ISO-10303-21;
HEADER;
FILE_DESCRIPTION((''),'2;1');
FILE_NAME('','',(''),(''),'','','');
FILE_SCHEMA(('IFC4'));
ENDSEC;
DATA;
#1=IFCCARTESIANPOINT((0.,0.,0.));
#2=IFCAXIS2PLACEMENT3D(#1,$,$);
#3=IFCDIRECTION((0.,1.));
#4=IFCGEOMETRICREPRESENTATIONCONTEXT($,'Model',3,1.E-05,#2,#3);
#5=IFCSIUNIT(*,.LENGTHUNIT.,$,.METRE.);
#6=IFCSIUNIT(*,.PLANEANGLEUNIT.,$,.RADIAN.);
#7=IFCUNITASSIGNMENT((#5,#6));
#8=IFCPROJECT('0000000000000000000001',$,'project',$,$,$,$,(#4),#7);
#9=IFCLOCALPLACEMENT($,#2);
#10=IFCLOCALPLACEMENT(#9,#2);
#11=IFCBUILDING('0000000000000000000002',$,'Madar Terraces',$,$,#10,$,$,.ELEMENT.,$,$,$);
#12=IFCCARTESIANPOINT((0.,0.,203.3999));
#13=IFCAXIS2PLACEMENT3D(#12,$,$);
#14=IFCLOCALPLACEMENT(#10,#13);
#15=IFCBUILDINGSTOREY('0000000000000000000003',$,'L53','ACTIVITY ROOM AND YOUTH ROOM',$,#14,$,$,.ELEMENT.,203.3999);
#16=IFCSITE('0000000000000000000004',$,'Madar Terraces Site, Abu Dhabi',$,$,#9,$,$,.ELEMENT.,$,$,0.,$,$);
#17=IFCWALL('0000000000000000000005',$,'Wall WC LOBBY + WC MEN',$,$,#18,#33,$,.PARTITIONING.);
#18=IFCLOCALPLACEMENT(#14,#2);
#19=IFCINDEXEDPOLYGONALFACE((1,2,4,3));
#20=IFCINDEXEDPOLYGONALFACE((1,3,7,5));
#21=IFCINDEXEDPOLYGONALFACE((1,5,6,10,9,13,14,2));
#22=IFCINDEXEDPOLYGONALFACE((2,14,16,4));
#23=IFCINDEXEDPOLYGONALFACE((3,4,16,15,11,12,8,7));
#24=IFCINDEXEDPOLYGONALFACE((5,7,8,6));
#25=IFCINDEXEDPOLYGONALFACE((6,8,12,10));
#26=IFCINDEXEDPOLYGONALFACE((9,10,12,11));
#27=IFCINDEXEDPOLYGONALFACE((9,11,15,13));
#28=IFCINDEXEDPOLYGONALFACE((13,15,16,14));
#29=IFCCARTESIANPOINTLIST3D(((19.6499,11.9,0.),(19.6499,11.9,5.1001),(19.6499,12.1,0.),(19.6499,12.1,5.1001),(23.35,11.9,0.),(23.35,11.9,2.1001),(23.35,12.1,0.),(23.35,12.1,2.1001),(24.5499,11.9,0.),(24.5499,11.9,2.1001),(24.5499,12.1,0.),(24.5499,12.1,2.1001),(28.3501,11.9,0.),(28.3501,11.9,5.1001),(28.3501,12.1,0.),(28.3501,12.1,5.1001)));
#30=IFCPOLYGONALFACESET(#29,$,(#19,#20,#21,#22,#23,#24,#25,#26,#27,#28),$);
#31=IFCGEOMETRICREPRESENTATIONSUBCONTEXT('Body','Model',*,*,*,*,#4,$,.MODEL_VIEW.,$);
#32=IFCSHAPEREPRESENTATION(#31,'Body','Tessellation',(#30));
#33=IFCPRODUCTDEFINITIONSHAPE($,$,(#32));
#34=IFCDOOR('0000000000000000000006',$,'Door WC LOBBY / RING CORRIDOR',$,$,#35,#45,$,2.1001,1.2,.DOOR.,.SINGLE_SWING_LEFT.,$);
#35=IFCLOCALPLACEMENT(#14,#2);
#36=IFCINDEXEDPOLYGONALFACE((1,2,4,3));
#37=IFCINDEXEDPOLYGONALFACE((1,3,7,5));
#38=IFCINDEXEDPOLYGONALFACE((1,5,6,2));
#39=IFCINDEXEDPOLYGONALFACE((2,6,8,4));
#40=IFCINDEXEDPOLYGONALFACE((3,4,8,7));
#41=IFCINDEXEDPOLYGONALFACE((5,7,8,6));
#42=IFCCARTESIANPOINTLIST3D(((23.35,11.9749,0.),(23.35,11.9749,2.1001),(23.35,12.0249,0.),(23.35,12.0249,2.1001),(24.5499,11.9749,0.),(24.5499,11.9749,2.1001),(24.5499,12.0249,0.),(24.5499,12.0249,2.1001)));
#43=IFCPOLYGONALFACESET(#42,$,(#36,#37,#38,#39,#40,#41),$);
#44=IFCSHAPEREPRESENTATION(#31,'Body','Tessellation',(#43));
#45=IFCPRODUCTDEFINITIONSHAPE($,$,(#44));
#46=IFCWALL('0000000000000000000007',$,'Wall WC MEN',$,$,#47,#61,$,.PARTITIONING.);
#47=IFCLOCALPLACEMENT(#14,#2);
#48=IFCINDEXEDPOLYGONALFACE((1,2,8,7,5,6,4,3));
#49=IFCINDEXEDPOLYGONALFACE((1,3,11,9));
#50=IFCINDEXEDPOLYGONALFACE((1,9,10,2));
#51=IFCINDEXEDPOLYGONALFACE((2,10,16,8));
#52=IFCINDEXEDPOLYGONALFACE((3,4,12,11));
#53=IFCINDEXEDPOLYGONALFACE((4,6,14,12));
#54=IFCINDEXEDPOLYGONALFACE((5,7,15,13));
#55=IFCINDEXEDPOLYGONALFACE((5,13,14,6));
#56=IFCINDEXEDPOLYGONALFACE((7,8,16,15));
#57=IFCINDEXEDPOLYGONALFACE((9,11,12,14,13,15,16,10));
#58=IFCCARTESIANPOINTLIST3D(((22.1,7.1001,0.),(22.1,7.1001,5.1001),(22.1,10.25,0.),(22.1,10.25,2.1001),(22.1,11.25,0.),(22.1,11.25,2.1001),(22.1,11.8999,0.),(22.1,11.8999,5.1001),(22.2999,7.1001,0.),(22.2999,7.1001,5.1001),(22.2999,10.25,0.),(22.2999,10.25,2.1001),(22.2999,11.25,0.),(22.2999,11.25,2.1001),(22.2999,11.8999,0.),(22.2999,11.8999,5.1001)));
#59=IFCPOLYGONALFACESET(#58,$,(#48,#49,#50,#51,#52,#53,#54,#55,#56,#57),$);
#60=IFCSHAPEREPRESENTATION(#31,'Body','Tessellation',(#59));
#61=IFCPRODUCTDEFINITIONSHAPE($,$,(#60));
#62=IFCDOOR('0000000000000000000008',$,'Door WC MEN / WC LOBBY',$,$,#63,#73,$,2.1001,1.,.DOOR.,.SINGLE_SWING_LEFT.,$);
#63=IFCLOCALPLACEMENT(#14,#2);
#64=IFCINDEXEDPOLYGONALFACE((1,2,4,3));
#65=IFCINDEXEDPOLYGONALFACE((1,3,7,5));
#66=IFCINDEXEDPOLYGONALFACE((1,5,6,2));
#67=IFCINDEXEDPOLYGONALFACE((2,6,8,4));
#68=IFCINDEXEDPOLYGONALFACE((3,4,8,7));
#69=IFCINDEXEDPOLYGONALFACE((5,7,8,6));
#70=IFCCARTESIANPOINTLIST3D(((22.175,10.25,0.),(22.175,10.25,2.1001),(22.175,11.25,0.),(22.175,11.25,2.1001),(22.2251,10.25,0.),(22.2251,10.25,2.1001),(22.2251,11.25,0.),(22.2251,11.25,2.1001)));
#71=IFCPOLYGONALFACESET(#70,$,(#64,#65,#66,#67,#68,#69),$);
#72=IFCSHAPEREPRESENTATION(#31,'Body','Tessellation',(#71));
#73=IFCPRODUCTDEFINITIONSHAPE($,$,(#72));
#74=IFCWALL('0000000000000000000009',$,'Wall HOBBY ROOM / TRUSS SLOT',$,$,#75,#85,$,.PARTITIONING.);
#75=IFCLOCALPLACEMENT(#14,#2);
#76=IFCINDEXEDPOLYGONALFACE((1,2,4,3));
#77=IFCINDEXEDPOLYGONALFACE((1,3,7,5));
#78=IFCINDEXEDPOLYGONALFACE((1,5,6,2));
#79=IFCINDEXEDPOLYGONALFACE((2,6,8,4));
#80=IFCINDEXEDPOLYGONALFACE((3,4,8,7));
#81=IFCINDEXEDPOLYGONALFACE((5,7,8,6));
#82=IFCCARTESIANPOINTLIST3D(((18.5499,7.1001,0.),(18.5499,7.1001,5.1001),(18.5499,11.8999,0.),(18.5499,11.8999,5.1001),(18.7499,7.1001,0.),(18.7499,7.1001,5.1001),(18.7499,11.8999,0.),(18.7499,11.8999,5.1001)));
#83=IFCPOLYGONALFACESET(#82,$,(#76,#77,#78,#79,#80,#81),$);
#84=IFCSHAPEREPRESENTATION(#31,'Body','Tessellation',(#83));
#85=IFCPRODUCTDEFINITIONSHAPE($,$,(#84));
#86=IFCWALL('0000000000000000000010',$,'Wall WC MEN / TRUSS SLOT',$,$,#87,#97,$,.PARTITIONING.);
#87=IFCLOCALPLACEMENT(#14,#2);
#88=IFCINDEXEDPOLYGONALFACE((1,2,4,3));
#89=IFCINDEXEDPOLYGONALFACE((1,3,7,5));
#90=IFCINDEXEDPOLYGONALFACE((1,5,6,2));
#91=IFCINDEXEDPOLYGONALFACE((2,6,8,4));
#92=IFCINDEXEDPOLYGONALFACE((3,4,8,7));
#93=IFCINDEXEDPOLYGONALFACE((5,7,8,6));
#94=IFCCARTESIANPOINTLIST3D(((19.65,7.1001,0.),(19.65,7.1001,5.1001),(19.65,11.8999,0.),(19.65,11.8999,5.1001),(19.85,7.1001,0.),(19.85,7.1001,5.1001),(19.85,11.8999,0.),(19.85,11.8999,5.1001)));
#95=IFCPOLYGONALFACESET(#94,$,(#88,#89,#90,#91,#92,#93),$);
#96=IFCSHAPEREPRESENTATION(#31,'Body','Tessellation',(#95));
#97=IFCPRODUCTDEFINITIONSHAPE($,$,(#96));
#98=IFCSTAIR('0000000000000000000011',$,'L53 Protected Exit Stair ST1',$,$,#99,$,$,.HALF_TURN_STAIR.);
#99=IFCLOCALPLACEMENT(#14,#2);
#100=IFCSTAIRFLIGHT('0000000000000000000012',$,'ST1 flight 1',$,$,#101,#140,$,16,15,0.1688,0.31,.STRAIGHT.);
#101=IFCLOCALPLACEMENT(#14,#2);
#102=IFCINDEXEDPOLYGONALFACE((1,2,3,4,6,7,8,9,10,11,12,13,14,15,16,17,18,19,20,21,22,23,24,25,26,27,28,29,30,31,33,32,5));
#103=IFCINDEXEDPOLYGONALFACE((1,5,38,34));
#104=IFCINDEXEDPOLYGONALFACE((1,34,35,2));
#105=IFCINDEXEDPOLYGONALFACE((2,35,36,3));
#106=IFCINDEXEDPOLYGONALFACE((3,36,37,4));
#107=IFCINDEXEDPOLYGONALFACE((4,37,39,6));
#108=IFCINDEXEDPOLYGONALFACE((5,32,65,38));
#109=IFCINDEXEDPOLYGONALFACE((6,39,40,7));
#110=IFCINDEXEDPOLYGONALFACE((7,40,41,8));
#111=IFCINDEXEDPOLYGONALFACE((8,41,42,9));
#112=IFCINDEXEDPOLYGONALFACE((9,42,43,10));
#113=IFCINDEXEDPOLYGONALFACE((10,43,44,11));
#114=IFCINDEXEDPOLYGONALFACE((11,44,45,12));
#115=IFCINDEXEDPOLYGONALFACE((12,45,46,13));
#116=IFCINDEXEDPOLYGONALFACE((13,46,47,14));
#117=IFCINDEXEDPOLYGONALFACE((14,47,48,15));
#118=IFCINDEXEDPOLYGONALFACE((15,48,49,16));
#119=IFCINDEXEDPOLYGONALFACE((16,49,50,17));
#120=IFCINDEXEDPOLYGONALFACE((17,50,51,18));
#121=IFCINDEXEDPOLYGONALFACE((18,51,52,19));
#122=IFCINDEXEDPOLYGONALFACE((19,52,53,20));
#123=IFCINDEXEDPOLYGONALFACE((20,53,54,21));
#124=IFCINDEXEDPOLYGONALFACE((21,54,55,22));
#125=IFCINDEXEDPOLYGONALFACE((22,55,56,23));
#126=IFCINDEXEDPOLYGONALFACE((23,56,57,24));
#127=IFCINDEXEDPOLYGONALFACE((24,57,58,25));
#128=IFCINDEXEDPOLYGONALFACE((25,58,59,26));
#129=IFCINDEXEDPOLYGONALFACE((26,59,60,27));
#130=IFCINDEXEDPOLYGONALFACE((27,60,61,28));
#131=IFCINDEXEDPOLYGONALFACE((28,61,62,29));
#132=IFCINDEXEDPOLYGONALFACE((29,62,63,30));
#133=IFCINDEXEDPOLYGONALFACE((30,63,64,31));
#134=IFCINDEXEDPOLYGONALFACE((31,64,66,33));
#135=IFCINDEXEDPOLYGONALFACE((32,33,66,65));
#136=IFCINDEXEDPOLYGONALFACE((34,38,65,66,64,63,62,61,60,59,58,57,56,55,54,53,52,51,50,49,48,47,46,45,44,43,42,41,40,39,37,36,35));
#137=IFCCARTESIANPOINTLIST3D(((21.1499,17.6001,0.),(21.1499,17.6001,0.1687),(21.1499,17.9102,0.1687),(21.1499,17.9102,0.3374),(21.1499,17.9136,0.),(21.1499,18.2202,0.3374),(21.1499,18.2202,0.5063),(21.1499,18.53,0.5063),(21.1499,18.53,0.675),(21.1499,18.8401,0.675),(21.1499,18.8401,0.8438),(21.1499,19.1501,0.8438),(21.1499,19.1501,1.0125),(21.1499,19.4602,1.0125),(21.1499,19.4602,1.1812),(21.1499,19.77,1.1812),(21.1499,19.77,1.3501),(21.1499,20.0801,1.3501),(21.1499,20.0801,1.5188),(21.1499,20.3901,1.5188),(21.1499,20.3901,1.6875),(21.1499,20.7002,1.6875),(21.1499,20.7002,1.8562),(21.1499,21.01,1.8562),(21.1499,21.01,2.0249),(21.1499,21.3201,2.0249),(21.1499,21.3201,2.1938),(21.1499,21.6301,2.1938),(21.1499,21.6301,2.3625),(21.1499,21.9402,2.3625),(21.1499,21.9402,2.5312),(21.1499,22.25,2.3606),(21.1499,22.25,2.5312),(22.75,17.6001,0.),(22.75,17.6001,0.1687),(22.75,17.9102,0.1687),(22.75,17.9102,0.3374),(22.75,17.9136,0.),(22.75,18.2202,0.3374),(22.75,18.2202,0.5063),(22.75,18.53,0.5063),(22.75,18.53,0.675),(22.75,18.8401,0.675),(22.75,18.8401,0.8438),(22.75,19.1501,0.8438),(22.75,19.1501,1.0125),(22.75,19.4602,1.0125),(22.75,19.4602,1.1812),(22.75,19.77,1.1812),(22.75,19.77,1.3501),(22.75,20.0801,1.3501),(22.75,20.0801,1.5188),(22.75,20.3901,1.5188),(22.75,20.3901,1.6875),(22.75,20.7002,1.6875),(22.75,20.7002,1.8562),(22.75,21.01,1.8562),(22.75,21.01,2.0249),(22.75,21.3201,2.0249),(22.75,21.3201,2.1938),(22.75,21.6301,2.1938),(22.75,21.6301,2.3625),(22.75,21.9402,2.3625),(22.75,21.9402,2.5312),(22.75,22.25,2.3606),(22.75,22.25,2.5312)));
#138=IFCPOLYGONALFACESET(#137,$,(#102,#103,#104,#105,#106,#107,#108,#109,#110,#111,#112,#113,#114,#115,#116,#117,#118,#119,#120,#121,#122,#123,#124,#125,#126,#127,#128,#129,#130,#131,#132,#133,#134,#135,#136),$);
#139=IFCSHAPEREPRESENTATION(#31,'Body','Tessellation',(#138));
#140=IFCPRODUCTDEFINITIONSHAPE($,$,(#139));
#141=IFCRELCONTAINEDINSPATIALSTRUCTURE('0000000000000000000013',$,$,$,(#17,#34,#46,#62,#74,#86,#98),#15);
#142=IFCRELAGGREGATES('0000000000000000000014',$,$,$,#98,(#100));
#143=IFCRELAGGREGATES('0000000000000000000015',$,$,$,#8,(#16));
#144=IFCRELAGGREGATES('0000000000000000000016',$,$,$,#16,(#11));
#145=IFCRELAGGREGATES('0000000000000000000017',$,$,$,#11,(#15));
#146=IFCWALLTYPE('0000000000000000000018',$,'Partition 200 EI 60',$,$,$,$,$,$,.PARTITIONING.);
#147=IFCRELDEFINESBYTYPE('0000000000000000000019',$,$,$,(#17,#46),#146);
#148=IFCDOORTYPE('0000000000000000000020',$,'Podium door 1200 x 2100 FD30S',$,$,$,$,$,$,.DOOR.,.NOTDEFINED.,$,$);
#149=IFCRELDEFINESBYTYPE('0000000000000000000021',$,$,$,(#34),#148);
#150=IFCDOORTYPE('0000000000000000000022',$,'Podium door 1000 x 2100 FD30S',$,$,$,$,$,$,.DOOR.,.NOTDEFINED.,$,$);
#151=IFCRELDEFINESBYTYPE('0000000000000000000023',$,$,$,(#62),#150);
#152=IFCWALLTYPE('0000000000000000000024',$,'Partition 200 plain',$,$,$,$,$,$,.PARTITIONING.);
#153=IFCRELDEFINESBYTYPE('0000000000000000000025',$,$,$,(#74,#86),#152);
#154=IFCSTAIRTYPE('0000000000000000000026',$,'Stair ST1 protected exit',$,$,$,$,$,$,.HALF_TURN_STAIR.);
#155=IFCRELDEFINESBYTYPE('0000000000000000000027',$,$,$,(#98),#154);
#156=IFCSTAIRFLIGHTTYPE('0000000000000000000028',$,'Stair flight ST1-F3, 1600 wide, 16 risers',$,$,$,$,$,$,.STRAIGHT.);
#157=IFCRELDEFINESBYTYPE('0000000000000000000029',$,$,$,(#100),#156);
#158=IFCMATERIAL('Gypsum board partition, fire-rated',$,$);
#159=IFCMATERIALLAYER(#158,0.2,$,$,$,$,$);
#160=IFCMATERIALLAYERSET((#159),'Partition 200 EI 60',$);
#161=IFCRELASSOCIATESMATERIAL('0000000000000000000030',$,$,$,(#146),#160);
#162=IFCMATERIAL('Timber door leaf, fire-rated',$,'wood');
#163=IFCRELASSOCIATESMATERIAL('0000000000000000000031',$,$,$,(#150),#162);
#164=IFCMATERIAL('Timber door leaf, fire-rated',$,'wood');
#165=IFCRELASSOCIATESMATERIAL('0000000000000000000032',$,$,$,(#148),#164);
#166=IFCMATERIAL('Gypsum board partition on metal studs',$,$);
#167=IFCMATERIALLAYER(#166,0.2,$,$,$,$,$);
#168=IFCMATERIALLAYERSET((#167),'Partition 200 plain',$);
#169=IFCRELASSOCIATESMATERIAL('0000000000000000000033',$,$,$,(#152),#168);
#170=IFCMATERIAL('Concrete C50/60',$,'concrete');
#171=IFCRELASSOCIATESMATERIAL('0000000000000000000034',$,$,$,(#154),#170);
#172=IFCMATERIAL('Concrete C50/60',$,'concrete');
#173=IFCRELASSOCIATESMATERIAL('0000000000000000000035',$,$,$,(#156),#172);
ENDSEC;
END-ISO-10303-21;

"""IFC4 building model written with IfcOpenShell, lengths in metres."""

from ifc_helpers import new_model, si_unit, direction, frame, frame_2d, origin, place, context, subcontext, project, spatial, polyline, rectangle, outline, extrude, material, layer, layer_set, type_object, element, fill, aggregate, save


model = new_model("IFC4")

# Units and contexts
model_context = context("Model", 3, precision=1e-05, world=origin(), true_north=direction((0.0, 1.0)))
body_context = subcontext(model_context, "Body", "Model", "MODEL_VIEW")
ifc_project = project(units=[si_unit("LENGTHUNIT", "METRE"), si_unit("PLANEANGLEUNIT", "RADIAN")], contexts=[model_context])

# Site, building, storey
site_placement = place(None, origin())
site = spatial("IfcSite", under=ifc_project, at=site_placement, Name="Madar Terraces Site, Abu Dhabi", CompositionType="ELEMENT", RefElevation=0.0)
building_placement = place(site_placement, origin())
building = spatial("IfcBuilding", under=site, at=building_placement, Name="Madar Terraces", CompositionType="ELEMENT")
storey_placement = place(building_placement, frame((0.0, 0.0, 203.3999)))
storey = spatial("IfcBuildingStorey", under=building, at=storey_placement, Name="L53", Description="ACTIVITY ROOM AND YOUTH ROOM", CompositionType="ELEMENT", Elevation=203.3999)

# Walls, openings, doors
ifc_material_1 = material(Name="Gypsum board partition, fire-rated")
ifc_layer_1 = layer(ifc_material_1, 0.2)
ifc_layer_set_1 = layer_set([ifc_layer_1], Name="Partition 200 EI 60")
wall_type_1 = type_object("IfcWallType", Name="Partition 200 EI 60", PredefinedType="PARTITIONING", material=ifc_layer_set_1)
ifc_material_2 = material(Name="Timber door leaf, fire-rated", Category="wood")
door_type_1 = type_object("IfcDoorType", Name="Podium door 1000 x 2100 FD30S", OperationType="NOTDEFINED", PredefinedType="DOOR", material=ifc_material_2)
wall_1_placement = place(storey_placement, frame((19.6499, 12.0, 0.0), z_axis=(0.0, 0.0, 1.0), x_axis=(1.0, 0.0, 0.0)))
wall_1 = element("IfcWall", 1, at=wall_1_placement, inside=storey, type_object=wall_type_1, Name="Wall WC LOBBY + WC MEN", PredefinedType="PARTITIONING", context=body_context, shape_type="SweptSolid", body=[
    extrude(rectangle(XDim=8.7002, YDim=0.2, at=frame_2d((4.3501, 0.0))), origin(), (0.0, 0.0, 1.0), 5.1001),
])
opening_1_placement = place(wall_1_placement, frame((3.7, 0.0, 0.0)))
opening_1 = element("IfcOpeningElement", 2, at=opening_1_placement, cuts=wall_1, PredefinedType="OPENING", context=body_context, shape_type="SweptSolid", body=[
    extrude(rectangle(XDim=1.2, YDim=2.1001, at=frame_2d((0.6001, 1.05))), frame((0.0, 0.1099, 0.0), z_axis=(0.0, -1.0, 0.0), x_axis=(1.0, 0.0, 0.0)), (0.0, 0.0, 1.0), 0.22),
])
ifc_material_3 = material(Name="Timber door leaf, fire-rated", Category="wood")
door_type_2 = type_object("IfcDoorType", Name="Podium door 1200 x 2100 FD30S", OperationType="NOTDEFINED", PredefinedType="DOOR", material=ifc_material_3)
door_1_placement = place(opening_1_placement, origin())
door_1 = element("IfcDoor", 3, at=door_1_placement, inside=storey, type_object=door_type_2, Name="Door WC LOBBY / RING CORRIDOR", OperationType="SINGLE_SWING_LEFT", OverallHeight=2.1001, OverallWidth=1.2, PredefinedType="DOOR", context=body_context, shape_type="SweptSolid", body=[
    extrude(rectangle(XDim=1.2, YDim=2.1001, at=frame_2d((0.6001, 1.05))), frame((0.0, 0.0249, 0.0), z_axis=(0.0, -1.0, 0.0), x_axis=(1.0, 0.0, 0.0)), (0.0, 0.0, 1.0), 0.05),
])
fill(opening_1, door_1)
wall_2_placement = place(storey_placement, frame((22.2, 7.1001, 0.0), z_axis=(0.0, 0.0, 1.0), x_axis=(0.0, 1.0, 0.0)))
wall_2 = element("IfcWall", 4, at=wall_2_placement, inside=storey, type_object=wall_type_1, Name="Wall WC MEN", PredefinedType="PARTITIONING", context=body_context, shape_type="SweptSolid", body=[
    extrude(rectangle(XDim=4.7998, YDim=0.2, at=frame_2d((2.3999, 0.0))), origin(), (0.0, 0.0, 1.0), 5.1001),
])
opening_2_placement = place(wall_2_placement, frame((3.1499, 0.0, 0.0)))
opening_2 = element("IfcOpeningElement", 5, at=opening_2_placement, cuts=wall_2, PredefinedType="OPENING", context=body_context, shape_type="SweptSolid", body=[
    extrude(rectangle(XDim=1.0, YDim=2.1001, at=frame_2d((0.5, 1.05))), frame((0.0, 0.1099, 0.0), z_axis=(0.0, -1.0, 0.0), x_axis=(1.0, 0.0, 0.0)), (0.0, 0.0, 1.0), 0.22),
])
door_2_placement = place(opening_2_placement, origin())
door_2 = element("IfcDoor", 6, at=door_2_placement, inside=storey, type_object=door_type_1, Name="Door WC MEN / WC LOBBY", OperationType="SINGLE_SWING_LEFT", OverallHeight=2.1001, OverallWidth=1.0, PredefinedType="DOOR", context=body_context, shape_type="SweptSolid", body=[
    extrude(rectangle(XDim=1.0, YDim=2.1001, at=frame_2d((0.5, 1.05))), frame((0.0, 0.0249, 0.0), z_axis=(0.0, -1.0, 0.0), x_axis=(1.0, 0.0, 0.0)), (0.0, 0.0, 1.0), 0.05),
])
fill(opening_2, door_2)

# Walls
ifc_material_4 = material(Name="Gypsum board partition on metal studs")
ifc_layer_2 = layer(ifc_material_4, 0.2)
ifc_layer_set_2 = layer_set([ifc_layer_2], Name="Partition 200 plain")
wall_type_2 = type_object("IfcWallType", Name="Partition 200 plain", PredefinedType="PARTITIONING", material=ifc_layer_set_2)
for number, where, z_axis, x_axis, name in (
    (7, (18.6499, 7.1001, 0.0), (0.0, 0.0, 1.0), (0.0, 1.0, 0.0), "Wall HOBBY ROOM / TRUSS SLOT"),
    (8, (19.75, 7.1001, 0.0), (0.0, 0.0, 1.0), (0.0, 1.0, 0.0), "Wall WC MEN / TRUSS SLOT"),
):
    element("IfcWall", number, at=place(storey_placement, frame(where, z_axis=z_axis, x_axis=x_axis)), inside=storey, type_object=wall_type_2, Name=name, PredefinedType="PARTITIONING", context=body_context, shape_type="SweptSolid", body=[
        extrude(rectangle(XDim=4.7998, YDim=0.2, at=frame_2d((2.3999, 0.0))), origin(), (0.0, 0.0, 1.0), 5.1001),
    ])

# Stair, stair flight
ifc_material_5 = material(Name="Concrete C50/60", Category="concrete")
stair_type = type_object("IfcStairType", Name="Stair ST1 protected exit", PredefinedType="HALF_TURN_STAIR", material=ifc_material_5)
stair_placement = place(storey_placement, origin())
stair = element("IfcStair", 9, at=stair_placement, inside=storey, type_object=stair_type, Name="L53 Protected Exit Stair ST1", PredefinedType="HALF_TURN_STAIR")
ifc_material_6 = material(Name="Concrete C50/60", Category="concrete")
stair_flight_type = type_object("IfcStairFlightType", Name="Stair flight ST1-F3, 1600 wide, 16 risers", PredefinedType="STRAIGHT", material=ifc_material_6)
stair_flight_placement = place(storey_placement, frame((21.95, 17.6001, 0.0), z_axis=(0.0, 0.0, 1.0), x_axis=(0.0, 1.0, 0.0)))
stair_flight = element("IfcStairFlight", 10, at=stair_flight_placement, type_object=stair_flight_type, Name="ST1 flight 1", NumberOfRisers=16, NumberOfTreads=15, PredefinedType="STRAIGHT", RiserHeight=0.1688, TreadLength=0.31, context=body_context, shape_type="SweptSolid", body=[
    extrude(outline(polyline([(0.0, 0.0), (0.0, 0.1687), (0.3101, 0.1687), (0.3101, 0.3374), (0.6201, 0.3374), (0.6201, 0.5063), (0.9299, 0.5063), (0.9299, 0.675), (1.24, 0.675), (1.24, 0.8438), (1.55, 0.8438), (1.55, 1.0125), (1.8601, 1.0125), (1.8601, 1.1812), (2.1699, 1.1812), (2.1699, 1.3501), (2.48, 1.3501), (2.48, 1.5188), (2.79, 1.5188), (2.79, 1.6875), (3.1001, 1.6875), (3.1001, 1.8562), (3.4099, 1.8562), (3.4099, 2.0249), (3.72, 2.0249), (3.72, 2.1938), (4.03, 2.1938), (4.03, 2.3625), (4.3401, 2.3625), (4.3401, 2.5312), (4.6499, 2.5312), (4.6499, 2.7), (4.6499, 2.3606), (0.3135, 0.0), (0.0, 0.0)])), frame((0.0, 0.8, 0.0), z_axis=(0.0, -1.0, 0.0), x_axis=(1.0, 0.0, 0.0)), (0.0, 0.0, 1.0), 1.6001),
])
aggregate(stair, [stair_flight])

save(model, "model.ifc")
